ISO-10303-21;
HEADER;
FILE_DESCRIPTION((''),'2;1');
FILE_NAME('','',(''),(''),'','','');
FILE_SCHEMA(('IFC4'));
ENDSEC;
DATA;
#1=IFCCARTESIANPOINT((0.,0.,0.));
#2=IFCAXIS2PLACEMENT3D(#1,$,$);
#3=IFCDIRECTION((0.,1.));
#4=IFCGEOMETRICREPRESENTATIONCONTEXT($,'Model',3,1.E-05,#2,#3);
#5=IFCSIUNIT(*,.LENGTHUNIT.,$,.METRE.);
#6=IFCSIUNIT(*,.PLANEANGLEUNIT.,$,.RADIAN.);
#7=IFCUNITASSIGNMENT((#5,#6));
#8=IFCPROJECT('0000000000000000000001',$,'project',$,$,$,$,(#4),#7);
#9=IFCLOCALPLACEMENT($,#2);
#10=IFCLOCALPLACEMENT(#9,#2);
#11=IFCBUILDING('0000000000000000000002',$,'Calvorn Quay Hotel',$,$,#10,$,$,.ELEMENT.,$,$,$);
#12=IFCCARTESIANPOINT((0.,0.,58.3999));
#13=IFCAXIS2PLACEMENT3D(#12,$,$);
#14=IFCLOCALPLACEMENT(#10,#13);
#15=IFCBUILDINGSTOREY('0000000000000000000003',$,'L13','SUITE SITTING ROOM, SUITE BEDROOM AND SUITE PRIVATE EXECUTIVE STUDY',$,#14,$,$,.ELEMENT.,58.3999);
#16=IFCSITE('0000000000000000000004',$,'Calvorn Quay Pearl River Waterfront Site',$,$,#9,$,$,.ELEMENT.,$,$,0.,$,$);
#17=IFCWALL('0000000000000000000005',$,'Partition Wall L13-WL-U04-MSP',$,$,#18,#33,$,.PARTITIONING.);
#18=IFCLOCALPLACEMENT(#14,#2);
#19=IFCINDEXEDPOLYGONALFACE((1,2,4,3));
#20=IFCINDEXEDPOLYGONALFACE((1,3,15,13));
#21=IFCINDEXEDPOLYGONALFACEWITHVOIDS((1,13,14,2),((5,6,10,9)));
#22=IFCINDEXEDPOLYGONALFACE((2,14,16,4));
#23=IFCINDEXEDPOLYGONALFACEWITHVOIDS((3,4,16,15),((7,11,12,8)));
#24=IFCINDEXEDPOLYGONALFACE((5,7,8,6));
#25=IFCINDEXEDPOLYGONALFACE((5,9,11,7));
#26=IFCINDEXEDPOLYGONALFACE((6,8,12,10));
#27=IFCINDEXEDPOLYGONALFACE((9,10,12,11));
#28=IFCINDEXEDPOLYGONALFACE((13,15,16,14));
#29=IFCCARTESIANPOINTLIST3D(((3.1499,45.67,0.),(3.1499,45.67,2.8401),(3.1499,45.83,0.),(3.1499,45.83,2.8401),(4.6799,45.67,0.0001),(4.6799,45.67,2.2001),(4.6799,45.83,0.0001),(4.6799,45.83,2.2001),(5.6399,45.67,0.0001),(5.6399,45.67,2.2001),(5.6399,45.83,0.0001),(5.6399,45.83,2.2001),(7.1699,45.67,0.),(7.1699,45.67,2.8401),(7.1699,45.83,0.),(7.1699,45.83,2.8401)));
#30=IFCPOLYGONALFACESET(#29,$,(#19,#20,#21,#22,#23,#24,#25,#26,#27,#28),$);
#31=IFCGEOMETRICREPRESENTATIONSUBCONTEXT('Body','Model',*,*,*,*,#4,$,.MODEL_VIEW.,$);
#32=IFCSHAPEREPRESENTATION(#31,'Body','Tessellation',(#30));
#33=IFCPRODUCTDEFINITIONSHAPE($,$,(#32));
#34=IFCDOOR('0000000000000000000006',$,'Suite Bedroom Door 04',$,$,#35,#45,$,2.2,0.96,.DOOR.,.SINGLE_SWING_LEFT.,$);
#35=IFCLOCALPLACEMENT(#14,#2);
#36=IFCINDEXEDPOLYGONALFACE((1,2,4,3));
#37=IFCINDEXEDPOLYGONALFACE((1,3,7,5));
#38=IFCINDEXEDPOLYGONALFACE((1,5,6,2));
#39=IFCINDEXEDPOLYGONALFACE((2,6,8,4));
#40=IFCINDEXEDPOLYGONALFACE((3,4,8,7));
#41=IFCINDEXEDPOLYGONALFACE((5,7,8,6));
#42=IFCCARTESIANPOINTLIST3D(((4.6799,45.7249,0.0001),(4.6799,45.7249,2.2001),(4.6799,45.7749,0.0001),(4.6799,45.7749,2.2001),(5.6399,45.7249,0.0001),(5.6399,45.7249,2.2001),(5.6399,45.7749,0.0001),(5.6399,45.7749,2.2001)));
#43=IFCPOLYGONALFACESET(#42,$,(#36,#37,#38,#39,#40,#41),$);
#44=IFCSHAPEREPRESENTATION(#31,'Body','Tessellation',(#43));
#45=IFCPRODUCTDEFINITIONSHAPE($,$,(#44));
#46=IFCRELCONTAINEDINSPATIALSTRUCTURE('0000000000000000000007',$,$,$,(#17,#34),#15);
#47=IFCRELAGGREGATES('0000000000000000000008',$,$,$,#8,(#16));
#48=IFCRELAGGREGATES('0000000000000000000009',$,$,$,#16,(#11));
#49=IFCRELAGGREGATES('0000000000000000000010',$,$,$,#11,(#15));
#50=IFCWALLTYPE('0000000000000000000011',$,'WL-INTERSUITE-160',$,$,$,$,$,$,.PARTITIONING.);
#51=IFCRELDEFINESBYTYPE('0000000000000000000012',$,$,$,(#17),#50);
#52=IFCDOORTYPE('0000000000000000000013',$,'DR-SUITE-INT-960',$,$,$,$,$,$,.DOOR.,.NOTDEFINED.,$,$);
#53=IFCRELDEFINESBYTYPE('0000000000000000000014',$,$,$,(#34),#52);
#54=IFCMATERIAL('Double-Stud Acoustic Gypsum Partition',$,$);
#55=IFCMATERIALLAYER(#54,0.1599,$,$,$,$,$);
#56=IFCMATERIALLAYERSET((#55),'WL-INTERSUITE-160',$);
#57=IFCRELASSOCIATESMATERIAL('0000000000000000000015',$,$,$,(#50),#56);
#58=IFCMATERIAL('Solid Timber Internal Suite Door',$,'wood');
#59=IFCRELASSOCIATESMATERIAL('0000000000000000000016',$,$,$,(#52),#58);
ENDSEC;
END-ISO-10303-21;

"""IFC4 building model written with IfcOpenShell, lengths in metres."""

from ifc_helpers import new_model, si_unit, direction, frame, frame_2d, origin, place, context, subcontext, project, spatial, rectangle, extrude, material, layer, layer_set, type_object, element, fill, save


model = new_model("IFC4")

# Units and contexts
model_context = context("Model", 3, precision=1e-05, world=origin(), true_north=direction((0.0, 1.0)))
body_context = subcontext(model_context, "Body", "Model", "MODEL_VIEW")
ifc_project = project(units=[si_unit("LENGTHUNIT", "METRE"), si_unit("PLANEANGLEUNIT", "RADIAN")], contexts=[model_context])

# Site, building, storey
site_placement = place(None, origin())
site = spatial("IfcSite", under=ifc_project, at=site_placement, Name="Calvorn Quay Pearl River Waterfront Site", CompositionType="ELEMENT", RefElevation=0.0)
building_placement = place(site_placement, origin())
building = spatial("IfcBuilding", under=site, at=building_placement, Name="Calvorn Quay Hotel", CompositionType="ELEMENT")
storey_placement = place(building_placement, frame((0.0, 0.0, 58.3999)))
storey = spatial("IfcBuildingStorey", under=building, at=storey_placement, Name="L13", Description="SUITE SITTING ROOM, SUITE BEDROOM AND SUITE PRIVATE EXECUTIVE STUDY", CompositionType="ELEMENT", Elevation=58.3999)

# Shared definitions
ifc_material_1 = material(Name="Double-Stud Acoustic Gypsum Partition")
ifc_layer_1 = layer(ifc_material_1, 0.1599)
ifc_layer_set_1 = layer_set([ifc_layer_1], Name="WL-INTERSUITE-160")
wall_type_1 = type_object("IfcWallType", Name="WL-INTERSUITE-160", PredefinedType="PARTITIONING", material=ifc_layer_set_1)

# Wall, opening, door
wall_1_placement = place(storey_placement, frame((3.1499, 45.75, 0.0), z_axis=(0.0, 0.0, 1.0), x_axis=(1.0, 0.0, 0.0)))
wall_1 = element("IfcWall", 1, at=wall_1_placement, inside=storey, type_object=wall_type_1, Name="Partition Wall L13-WL-U04-MSP", PredefinedType="PARTITIONING", context=body_context, shape_type="SweptSolid", body=[
    extrude(rectangle(XDim=4.02, YDim=0.1599, at=frame_2d((2.01, 0.0))), origin(), (0.0, 0.0, 1.0), 2.8401),
])
opening_1_placement = place(wall_1_placement, frame((1.53, 0.0, 0.0)))
opening_1 = element("IfcOpeningElement", 2, at=opening_1_placement, cuts=wall_1, PredefinedType="OPENING", context=body_context, shape_type="SweptSolid", body=[
    extrude(rectangle(XDim=0.96, YDim=2.2, at=frame_2d((0.48, 1.1001))), frame((0.0, 0.0898, 0.0), z_axis=(0.0, -1.0, 0.0), x_axis=(1.0, 0.0, 0.0)), (0.0, 0.0, 1.0), 0.1799),
])
ifc_material_2 = material(Name="Solid Timber Internal Suite Door", Category="wood")
door_type_1 = type_object("IfcDoorType", Name="DR-SUITE-INT-960", OperationType="NOTDEFINED", PredefinedType="DOOR", material=ifc_material_2)
door_1_placement = place(opening_1_placement, origin())
door_1 = element("IfcDoor", 3, at=door_1_placement, inside=storey, type_object=door_type_1, Name="Suite Bedroom Door 04", OperationType="SINGLE_SWING_LEFT", OverallHeight=2.2, OverallWidth=0.96, PredefinedType="DOOR", context=body_context, shape_type="SweptSolid", body=[
    extrude(rectangle(XDim=0.96, YDim=2.2, at=frame_2d((0.48, 1.1001))), frame((0.0, 0.0249, 0.0), z_axis=(0.0, -1.0, 0.0), x_axis=(1.0, 0.0, 0.0)), (0.0, 0.0, 1.0), 0.05),
])
fill(opening_1, door_1)

save(model, "model.ifc")
